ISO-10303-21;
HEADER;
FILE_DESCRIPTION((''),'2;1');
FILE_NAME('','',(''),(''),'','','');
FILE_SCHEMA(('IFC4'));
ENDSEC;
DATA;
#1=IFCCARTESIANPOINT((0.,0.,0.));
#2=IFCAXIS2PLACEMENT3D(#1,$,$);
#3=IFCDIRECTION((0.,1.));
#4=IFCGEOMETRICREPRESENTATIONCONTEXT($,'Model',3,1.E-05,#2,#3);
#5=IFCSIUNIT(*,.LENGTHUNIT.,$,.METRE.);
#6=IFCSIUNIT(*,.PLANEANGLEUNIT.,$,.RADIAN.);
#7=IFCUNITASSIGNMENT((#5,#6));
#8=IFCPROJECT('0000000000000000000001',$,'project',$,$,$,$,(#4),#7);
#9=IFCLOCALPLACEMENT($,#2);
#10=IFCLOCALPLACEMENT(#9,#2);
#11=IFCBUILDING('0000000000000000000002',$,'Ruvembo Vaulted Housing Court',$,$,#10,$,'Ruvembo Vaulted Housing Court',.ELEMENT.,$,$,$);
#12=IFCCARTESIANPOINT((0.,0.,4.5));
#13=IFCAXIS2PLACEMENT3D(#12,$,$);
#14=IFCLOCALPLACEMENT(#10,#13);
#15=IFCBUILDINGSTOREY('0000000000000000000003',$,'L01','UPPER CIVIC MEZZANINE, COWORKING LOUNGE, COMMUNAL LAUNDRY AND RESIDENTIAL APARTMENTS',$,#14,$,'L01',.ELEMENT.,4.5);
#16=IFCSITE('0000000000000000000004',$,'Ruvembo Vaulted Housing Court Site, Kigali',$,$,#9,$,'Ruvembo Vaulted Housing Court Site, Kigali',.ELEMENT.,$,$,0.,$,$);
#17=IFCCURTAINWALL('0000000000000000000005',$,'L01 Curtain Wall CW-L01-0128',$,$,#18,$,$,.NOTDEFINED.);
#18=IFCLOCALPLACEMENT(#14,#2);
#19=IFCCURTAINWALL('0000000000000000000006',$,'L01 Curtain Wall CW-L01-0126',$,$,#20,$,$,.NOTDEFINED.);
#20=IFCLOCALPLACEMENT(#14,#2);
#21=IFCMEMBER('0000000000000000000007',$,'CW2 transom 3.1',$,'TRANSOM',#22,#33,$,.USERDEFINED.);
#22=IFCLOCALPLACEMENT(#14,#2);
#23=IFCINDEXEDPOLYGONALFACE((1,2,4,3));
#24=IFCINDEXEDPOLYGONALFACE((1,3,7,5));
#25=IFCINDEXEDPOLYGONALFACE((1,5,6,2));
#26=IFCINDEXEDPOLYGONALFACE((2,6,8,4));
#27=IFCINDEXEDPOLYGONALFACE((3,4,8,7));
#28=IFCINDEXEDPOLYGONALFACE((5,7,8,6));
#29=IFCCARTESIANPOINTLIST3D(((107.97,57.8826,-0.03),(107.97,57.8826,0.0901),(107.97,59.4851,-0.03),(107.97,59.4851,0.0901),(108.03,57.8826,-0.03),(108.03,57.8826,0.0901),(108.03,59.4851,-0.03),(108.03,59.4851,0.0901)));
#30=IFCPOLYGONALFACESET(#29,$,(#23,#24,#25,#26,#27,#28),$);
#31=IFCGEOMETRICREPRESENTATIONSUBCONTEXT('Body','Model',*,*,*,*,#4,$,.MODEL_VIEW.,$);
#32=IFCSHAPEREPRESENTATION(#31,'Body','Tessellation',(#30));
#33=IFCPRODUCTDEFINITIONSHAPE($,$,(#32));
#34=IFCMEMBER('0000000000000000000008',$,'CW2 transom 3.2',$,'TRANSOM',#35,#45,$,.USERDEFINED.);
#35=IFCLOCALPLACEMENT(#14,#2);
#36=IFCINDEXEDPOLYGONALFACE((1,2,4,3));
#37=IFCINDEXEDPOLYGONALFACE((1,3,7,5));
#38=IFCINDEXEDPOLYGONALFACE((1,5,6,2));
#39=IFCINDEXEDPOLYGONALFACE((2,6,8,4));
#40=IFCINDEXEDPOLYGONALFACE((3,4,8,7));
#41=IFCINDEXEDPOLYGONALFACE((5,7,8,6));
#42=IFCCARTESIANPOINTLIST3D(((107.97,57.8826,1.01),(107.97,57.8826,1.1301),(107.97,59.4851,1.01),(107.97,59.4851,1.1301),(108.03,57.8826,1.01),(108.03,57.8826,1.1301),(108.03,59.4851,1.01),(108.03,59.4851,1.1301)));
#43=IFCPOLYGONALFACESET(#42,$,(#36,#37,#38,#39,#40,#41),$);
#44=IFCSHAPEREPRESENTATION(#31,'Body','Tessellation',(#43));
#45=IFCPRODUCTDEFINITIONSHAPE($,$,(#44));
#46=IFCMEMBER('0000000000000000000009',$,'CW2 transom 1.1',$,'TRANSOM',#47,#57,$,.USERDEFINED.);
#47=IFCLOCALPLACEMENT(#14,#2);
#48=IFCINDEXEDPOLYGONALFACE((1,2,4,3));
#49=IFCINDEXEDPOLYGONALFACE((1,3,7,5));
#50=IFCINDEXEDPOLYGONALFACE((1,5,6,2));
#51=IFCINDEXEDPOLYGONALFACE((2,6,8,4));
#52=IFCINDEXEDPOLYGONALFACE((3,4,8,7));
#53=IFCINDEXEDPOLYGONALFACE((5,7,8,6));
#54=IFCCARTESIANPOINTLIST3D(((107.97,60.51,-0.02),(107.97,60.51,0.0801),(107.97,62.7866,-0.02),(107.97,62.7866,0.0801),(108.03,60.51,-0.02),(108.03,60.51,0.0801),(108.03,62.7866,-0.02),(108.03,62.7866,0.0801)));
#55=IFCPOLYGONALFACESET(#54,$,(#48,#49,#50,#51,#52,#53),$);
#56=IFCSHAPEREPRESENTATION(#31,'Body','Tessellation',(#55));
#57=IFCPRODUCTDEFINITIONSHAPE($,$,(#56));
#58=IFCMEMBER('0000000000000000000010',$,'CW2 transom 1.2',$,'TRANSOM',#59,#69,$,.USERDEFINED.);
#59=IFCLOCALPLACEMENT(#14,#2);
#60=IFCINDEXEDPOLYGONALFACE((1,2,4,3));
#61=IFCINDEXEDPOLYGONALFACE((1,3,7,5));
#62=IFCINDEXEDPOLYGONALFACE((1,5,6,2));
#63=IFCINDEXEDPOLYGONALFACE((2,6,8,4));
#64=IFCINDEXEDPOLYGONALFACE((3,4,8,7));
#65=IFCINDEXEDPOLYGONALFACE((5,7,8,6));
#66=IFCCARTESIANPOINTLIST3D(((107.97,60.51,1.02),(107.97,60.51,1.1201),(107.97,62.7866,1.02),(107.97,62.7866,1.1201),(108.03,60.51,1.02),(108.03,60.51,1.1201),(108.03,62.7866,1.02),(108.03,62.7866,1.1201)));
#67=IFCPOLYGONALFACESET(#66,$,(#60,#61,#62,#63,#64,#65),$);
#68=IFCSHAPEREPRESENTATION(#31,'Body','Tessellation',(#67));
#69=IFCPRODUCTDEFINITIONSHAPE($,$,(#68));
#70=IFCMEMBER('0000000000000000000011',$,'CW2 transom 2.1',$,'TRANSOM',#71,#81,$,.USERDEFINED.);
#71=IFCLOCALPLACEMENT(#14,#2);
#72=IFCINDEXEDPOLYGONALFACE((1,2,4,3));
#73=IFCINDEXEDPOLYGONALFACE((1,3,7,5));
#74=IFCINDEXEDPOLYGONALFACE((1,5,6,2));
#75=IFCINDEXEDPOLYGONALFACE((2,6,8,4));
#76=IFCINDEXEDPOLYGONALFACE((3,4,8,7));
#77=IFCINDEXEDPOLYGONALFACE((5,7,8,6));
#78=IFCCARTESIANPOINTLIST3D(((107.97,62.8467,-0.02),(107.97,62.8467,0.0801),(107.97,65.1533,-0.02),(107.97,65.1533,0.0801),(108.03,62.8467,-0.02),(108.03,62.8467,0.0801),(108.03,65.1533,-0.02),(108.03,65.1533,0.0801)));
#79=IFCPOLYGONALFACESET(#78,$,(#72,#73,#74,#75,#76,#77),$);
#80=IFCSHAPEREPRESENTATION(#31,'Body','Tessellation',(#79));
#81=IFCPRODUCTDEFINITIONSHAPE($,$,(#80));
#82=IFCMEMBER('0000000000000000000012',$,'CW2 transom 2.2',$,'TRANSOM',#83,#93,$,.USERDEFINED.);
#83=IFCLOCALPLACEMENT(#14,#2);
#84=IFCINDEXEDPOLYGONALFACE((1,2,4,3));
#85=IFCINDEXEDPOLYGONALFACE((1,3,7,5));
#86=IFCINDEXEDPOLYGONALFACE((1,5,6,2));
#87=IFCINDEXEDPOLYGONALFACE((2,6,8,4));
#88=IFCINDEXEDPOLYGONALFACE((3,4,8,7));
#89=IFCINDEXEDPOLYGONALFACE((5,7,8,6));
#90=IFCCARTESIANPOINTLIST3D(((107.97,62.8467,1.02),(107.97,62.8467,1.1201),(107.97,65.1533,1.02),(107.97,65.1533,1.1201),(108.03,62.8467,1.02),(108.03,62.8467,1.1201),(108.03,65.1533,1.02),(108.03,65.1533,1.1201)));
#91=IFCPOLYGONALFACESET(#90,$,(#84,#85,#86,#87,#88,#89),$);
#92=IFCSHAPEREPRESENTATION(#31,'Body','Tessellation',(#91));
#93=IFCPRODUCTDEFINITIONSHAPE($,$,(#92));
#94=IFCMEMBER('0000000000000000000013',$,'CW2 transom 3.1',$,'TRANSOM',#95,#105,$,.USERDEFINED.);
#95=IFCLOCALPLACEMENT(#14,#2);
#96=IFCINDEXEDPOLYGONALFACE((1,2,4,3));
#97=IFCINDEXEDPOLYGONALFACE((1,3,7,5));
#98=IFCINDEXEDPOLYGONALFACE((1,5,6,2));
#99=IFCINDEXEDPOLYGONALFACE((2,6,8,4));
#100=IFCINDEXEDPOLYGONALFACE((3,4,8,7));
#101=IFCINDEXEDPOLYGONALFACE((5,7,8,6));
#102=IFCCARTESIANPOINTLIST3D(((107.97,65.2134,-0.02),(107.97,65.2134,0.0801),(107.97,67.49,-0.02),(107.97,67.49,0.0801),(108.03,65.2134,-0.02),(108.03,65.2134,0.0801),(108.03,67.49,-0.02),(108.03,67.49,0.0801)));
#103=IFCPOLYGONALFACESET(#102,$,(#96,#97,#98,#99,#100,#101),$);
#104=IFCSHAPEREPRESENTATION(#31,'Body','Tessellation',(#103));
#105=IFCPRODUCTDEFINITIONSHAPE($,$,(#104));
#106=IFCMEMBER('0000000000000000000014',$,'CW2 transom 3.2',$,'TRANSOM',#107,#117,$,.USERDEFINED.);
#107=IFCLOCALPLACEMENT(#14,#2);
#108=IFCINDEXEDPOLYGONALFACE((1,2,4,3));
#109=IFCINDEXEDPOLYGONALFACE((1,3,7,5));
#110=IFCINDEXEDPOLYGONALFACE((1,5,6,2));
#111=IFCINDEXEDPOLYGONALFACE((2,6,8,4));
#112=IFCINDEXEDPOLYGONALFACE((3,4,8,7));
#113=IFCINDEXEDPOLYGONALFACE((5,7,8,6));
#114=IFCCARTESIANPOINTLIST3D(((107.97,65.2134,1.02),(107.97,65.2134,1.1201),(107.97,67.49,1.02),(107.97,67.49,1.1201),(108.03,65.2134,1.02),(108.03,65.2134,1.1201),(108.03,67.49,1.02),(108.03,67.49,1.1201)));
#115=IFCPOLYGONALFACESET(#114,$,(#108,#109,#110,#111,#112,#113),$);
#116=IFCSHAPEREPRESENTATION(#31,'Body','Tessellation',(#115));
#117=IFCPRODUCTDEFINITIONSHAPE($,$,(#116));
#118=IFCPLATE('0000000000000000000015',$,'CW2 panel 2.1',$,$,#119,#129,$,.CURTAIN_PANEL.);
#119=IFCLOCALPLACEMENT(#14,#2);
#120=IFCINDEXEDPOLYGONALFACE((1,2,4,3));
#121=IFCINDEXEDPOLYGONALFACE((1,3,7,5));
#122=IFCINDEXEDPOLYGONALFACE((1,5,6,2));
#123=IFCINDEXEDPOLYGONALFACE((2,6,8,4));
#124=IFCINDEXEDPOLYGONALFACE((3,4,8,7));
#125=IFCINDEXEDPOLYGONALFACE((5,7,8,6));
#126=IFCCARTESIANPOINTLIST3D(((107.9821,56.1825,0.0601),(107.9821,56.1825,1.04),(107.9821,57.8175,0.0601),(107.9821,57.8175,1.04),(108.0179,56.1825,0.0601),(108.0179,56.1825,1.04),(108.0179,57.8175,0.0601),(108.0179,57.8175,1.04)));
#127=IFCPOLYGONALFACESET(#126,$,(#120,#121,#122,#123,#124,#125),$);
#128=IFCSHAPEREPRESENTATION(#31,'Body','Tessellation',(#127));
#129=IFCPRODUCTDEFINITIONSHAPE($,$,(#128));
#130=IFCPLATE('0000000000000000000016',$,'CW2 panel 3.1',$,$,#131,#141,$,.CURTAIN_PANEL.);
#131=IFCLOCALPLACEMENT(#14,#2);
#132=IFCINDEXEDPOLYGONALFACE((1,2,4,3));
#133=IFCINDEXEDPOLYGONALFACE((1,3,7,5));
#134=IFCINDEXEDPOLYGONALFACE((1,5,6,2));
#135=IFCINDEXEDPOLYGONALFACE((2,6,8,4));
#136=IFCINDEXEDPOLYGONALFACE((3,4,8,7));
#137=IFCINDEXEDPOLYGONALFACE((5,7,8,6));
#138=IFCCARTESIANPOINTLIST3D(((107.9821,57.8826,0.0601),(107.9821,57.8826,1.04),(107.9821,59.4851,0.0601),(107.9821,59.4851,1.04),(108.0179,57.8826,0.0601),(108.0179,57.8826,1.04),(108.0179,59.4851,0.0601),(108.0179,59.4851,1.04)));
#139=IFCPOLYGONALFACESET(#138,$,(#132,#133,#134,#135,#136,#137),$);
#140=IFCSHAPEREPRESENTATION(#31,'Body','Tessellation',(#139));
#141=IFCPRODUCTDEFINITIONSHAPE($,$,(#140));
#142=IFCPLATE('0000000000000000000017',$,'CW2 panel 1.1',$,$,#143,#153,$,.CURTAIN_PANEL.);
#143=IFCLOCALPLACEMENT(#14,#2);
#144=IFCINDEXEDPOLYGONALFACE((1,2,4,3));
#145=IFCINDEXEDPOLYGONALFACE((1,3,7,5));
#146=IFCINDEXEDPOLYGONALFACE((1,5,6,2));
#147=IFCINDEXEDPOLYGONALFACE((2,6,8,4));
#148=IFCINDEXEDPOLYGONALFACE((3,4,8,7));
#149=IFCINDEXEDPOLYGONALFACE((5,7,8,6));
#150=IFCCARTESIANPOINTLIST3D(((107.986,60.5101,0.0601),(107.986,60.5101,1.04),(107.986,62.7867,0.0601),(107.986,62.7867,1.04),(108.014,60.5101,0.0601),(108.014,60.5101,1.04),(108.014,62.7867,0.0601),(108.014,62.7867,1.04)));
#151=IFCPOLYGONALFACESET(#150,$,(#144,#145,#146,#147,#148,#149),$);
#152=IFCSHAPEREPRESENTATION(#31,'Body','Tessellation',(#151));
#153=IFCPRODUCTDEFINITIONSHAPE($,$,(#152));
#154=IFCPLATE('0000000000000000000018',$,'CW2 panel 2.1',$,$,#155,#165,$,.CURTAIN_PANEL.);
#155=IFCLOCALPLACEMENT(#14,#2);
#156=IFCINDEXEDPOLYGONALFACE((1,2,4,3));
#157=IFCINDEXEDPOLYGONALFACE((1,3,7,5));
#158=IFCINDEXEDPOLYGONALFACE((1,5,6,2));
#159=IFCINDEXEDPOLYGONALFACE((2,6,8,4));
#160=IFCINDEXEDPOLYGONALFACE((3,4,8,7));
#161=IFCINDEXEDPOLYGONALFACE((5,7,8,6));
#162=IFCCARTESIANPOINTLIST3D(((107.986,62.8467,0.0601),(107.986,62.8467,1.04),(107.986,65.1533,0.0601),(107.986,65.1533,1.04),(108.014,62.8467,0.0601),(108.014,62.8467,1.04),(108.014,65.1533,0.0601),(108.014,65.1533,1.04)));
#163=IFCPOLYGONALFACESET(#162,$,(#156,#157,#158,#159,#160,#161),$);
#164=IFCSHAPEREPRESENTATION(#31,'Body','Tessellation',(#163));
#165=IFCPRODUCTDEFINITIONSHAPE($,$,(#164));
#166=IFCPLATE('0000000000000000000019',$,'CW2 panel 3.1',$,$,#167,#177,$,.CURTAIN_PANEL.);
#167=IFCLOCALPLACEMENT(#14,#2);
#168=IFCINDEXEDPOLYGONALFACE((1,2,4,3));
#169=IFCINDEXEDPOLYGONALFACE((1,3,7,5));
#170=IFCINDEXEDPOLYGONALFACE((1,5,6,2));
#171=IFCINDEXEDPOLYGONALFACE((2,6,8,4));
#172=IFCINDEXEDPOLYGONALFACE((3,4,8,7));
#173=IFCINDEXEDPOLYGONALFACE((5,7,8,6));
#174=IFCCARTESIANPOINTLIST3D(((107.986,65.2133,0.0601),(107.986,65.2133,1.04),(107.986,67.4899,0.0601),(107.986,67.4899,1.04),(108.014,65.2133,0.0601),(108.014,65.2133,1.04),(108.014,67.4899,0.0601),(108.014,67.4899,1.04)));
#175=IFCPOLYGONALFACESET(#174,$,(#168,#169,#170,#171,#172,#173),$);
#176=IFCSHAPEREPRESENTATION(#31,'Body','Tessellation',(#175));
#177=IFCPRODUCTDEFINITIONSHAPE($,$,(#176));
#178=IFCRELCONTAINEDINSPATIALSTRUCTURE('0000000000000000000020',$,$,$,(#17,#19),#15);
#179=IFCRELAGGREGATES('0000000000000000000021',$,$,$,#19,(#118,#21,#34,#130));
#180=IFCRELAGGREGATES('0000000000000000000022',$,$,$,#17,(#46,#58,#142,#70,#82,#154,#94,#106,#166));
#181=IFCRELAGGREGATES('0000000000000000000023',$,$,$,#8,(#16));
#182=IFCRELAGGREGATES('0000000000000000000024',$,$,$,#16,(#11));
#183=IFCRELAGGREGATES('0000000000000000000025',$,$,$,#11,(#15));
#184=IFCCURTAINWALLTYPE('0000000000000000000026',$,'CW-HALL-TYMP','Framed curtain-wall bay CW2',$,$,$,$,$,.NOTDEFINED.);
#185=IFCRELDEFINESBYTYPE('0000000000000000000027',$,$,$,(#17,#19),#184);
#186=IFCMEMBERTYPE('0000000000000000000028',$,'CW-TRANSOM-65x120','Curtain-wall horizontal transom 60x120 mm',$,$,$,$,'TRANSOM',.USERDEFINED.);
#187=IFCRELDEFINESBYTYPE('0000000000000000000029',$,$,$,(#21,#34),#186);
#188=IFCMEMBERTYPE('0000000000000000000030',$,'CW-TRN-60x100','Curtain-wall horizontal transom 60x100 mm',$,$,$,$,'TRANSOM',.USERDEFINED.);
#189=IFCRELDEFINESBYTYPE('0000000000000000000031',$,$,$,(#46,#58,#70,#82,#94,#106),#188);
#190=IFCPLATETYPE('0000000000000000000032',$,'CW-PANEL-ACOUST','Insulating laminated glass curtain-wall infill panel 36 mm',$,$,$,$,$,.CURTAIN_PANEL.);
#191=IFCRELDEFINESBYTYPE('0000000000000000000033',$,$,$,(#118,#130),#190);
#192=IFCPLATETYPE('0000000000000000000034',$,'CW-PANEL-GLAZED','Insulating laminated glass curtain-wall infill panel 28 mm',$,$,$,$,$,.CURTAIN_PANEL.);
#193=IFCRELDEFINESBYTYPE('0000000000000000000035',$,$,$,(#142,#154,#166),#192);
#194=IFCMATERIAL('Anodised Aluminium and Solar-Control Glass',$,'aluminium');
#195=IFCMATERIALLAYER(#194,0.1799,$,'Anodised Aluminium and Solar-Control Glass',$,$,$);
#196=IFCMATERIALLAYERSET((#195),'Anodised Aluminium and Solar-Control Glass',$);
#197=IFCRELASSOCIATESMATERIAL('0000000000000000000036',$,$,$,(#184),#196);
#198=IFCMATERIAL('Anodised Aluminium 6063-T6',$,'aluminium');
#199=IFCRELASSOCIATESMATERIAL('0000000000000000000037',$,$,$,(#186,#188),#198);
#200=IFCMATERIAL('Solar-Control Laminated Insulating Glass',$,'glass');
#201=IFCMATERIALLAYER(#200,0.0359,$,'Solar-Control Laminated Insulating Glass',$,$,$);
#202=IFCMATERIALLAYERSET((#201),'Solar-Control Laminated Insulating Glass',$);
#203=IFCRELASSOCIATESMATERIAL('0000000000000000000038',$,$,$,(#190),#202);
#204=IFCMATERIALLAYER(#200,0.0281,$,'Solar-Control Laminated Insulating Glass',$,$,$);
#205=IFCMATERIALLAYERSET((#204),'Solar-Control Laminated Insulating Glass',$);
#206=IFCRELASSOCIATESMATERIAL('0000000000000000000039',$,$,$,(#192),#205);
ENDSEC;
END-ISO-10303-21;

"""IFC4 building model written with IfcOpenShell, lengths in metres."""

from ifc_helpers import new_model, si_unit, direction, frame, origin, origin_2d, place, context, subcontext, project, spatial, rectangle, extrude, material, layer, layer_set, material_profile, profile_set, type_object, element, aggregate, save


model = new_model("IFC4")

# Units and contexts
model_context = context("Model", 3, precision=1e-05, world=origin(), true_north=direction((0.0, 1.0)))
body_context = subcontext(model_context, "Body", "Model", "MODEL_VIEW")
ifc_project = project(units=[si_unit("LENGTHUNIT", "METRE"), si_unit("PLANEANGLEUNIT", "RADIAN")], contexts=[model_context])

# Site, building, storey
site_placement = place(None, origin())
site = spatial("IfcSite", under=ifc_project, at=site_placement, Name="Ruvembo Vaulted Housing Court Site, Kigali", LongName="Ruvembo Vaulted Housing Court Site, Kigali", CompositionType="ELEMENT", RefElevation=0.0)
building_placement = place(site_placement, origin())
building = spatial("IfcBuilding", under=site, at=building_placement, Name="Ruvembo Vaulted Housing Court", LongName="Ruvembo Vaulted Housing Court", CompositionType="ELEMENT")
storey_placement = place(building_placement, frame((0.0, 0.0, 4.5)))
storey = spatial("IfcBuildingStorey", under=building, at=storey_placement, Name="L01", Description="UPPER CIVIC MEZZANINE, COWORKING LOUNGE, COMMUNAL LAUNDRY AND RESIDENTIAL APARTMENTS", LongName="L01", CompositionType="ELEMENT", Elevation=4.5)

# Curtain walls, members
ifc_material_1 = material(Name="Anodised Aluminium and Solar-Control Glass", Category="aluminium")
ifc_layer_1 = layer(ifc_material_1, 0.1799, Name="Anodised Aluminium and Solar-Control Glass")
ifc_layer_set_1 = layer_set([ifc_layer_1], Name="Anodised Aluminium and Solar-Control Glass")
curtain_wall_type = type_object("IfcCurtainWallType", Name="CW-HALL-TYMP", Description="Framed curtain-wall bay CW2", PredefinedType="NOTDEFINED", material=ifc_layer_set_1)
curtain_wall_1_placement = place(storey_placement, origin())
curtain_wall_1 = element("IfcCurtainWall", 1, at=curtain_wall_1_placement, inside=storey, type_object=curtain_wall_type, Name="L01 Curtain Wall CW-L01-0128", PredefinedType="NOTDEFINED")
ifc_material_2 = material(Name="Anodised Aluminium 6063-T6", Category="aluminium")
curtain_wall_2_placement = place(storey_placement, origin())
curtain_wall_2 = element("IfcCurtainWall", 2, at=curtain_wall_2_placement, inside=storey, type_object=curtain_wall_type, Name="L01 Curtain Wall CW-L01-0126", PredefinedType="NOTDEFINED")
ifc_material_profile_1 = material_profile(ifc_material_2, rectangle(XDim=0.0601, YDim=0.1201, at=origin_2d()), Name="ALU 60x120")
ifc_profile_set_1 = profile_set([ifc_material_profile_1], Name="Anodised Aluminium 6063-T6")
member_type_1 = type_object("IfcMemberType", Name="CW-TRANSOM-65x120", Description="Curtain-wall horizontal transom 60x120 mm", ElementType="TRANSOM", PredefinedType="USERDEFINED", material=ifc_profile_set_1)
member_1_placement = place(storey_placement, frame((108.0, 57.8826, 0.03), z_axis=(0.0, 1.0, 0.0), x_axis=(-1.0, 0.0, 0.0)))
member_1 = element("IfcMember", 3, at=member_1_placement, type_object=member_type_1, Name="CW2 transom 3.1", ObjectType="TRANSOM", PredefinedType="USERDEFINED", context=body_context, shape_type="SweptSolid", body=[
    extrude(rectangle(XDim=0.0601, YDim=0.1201, at=origin_2d()), origin(), (0.0, 0.0, 1.0), 1.6025),
])
member_2_placement = place(storey_placement, frame((108.0, 57.8826, 1.0701), z_axis=(0.0, 1.0, 0.0), x_axis=(-1.0, 0.0, 0.0)))
member_2 = element("IfcMember", 4, at=member_2_placement, type_object=member_type_1, Name="CW2 transom 3.2", ObjectType="TRANSOM", PredefinedType="USERDEFINED", context=body_context, shape_type="SweptSolid", body=[
    extrude(rectangle(XDim=0.0601, YDim=0.1201, at=origin_2d()), origin(), (0.0, 0.0, 1.0), 1.6025),
])

# Members
ifc_material_profile_2 = material_profile(ifc_material_2, rectangle(XDim=0.0601, YDim=0.1001, at=origin_2d()), Name="ALU 60x100")
ifc_profile_set_2 = profile_set([ifc_material_profile_2], Name="Anodised Aluminium 6063-T6")
member_type_2 = type_object("IfcMemberType", Name="CW-TRN-60x100", Description="Curtain-wall horizontal transom 60x100 mm", ElementType="TRANSOM", PredefinedType="USERDEFINED", material=ifc_profile_set_2)
member_3_placement = place(storey_placement, frame((108.0, 60.51, 0.03), z_axis=(0.0, 1.0, 0.0), x_axis=(-1.0, 0.0, 0.0)))
member_3 = element("IfcMember", 5, at=member_3_placement, type_object=member_type_2, Name="CW2 transom 1.1", ObjectType="TRANSOM", PredefinedType="USERDEFINED", context=body_context, shape_type="SweptSolid", body=[
    extrude(rectangle(XDim=0.0601, YDim=0.1001, at=origin_2d()), origin(), (0.0, 0.0, 1.0), 2.2766),
])
member_4_placement = place(storey_placement, frame((108.0, 60.51, 1.0701), z_axis=(0.0, 1.0, 0.0), x_axis=(-1.0, 0.0, 0.0)))
member_4 = element("IfcMember", 6, at=member_4_placement, type_object=member_type_2, Name="CW2 transom 1.2", ObjectType="TRANSOM", PredefinedType="USERDEFINED", context=body_context, shape_type="SweptSolid", body=[
    extrude(rectangle(XDim=0.0601, YDim=0.1001, at=origin_2d()), origin(), (0.0, 0.0, 1.0), 2.2766),
])
member_5_placement = place(storey_placement, frame((108.0, 62.8467, 0.03), z_axis=(0.0, 1.0, 0.0), x_axis=(-1.0, 0.0, 0.0)))
member_5 = element("IfcMember", 7, at=member_5_placement, type_object=member_type_2, Name="CW2 transom 2.1", ObjectType="TRANSOM", PredefinedType="USERDEFINED", context=body_context, shape_type="SweptSolid", body=[
    extrude(rectangle(XDim=0.0601, YDim=0.1001, at=origin_2d()), origin(), (0.0, 0.0, 1.0), 2.3066),
])
member_6_placement = place(storey_placement, frame((108.0, 62.8467, 1.0701), z_axis=(0.0, 1.0, 0.0), x_axis=(-1.0, 0.0, 0.0)))
member_6 = element("IfcMember", 8, at=member_6_placement, type_object=member_type_2, Name="CW2 transom 2.2", ObjectType="TRANSOM", PredefinedType="USERDEFINED", context=body_context, shape_type="SweptSolid", body=[
    extrude(rectangle(XDim=0.0601, YDim=0.1001, at=origin_2d()), origin(), (0.0, 0.0, 1.0), 2.3066),
])
member_7_placement = place(storey_placement, frame((108.0, 65.2134, 0.03), z_axis=(0.0, 1.0, 0.0), x_axis=(-1.0, 0.0, 0.0)))
member_7 = element("IfcMember", 9, at=member_7_placement, type_object=member_type_2, Name="CW2 transom 3.1", ObjectType="TRANSOM", PredefinedType="USERDEFINED", context=body_context, shape_type="SweptSolid", body=[
    extrude(rectangle(XDim=0.0601, YDim=0.1001, at=origin_2d()), origin(), (0.0, 0.0, 1.0), 2.2766),
])
member_8_placement = place(storey_placement, frame((108.0, 65.2134, 1.0701), z_axis=(0.0, 1.0, 0.0), x_axis=(-1.0, 0.0, 0.0)))
member_8 = element("IfcMember", 10, at=member_8_placement, type_object=member_type_2, Name="CW2 transom 3.2", ObjectType="TRANSOM", PredefinedType="USERDEFINED", context=body_context, shape_type="SweptSolid", body=[
    extrude(rectangle(XDim=0.0601, YDim=0.1001, at=origin_2d()), origin(), (0.0, 0.0, 1.0), 2.2766),
])

# Plates
ifc_material_3 = material(Name="Solar-Control Laminated Insulating Glass", Category="glass")
ifc_layer_2 = layer(ifc_material_3, 0.0359, Name="Solar-Control Laminated Insulating Glass")
ifc_layer_set_2 = layer_set([ifc_layer_2], Name="Solar-Control Laminated Insulating Glass")
plate_type_1 = type_object("IfcPlateType", Name="CW-PANEL-ACOUST", Description="Insulating laminated glass curtain-wall infill panel 36 mm", PredefinedType="CURTAIN_PANEL", material=ifc_layer_set_2)
plate_1_placement = place(storey_placement, frame((108.0, 57.0, 0.0601), z_axis=(0.0, 0.0, 1.0), x_axis=(0.0, 1.0, 0.0)))
plate_1 = element("IfcPlate", 11, at=plate_1_placement, type_object=plate_type_1, Name="CW2 panel 2.1", PredefinedType="CURTAIN_PANEL", context=body_context, shape_type="SweptSolid", body=[
    extrude(rectangle(XDim=1.635, YDim=0.0359, at=origin_2d()), origin(), (0.0, 0.0, 1.0), 0.98),
])
plate_2_placement = place(storey_placement, frame((108.0, 58.6838, 0.0601), z_axis=(0.0, 0.0, 1.0), x_axis=(0.0, 1.0, 0.0)))
plate_2 = element("IfcPlate", 12, at=plate_2_placement, type_object=plate_type_1, Name="CW2 panel 3.1", PredefinedType="CURTAIN_PANEL", context=body_context, shape_type="SweptSolid", body=[
    extrude(rectangle(XDim=1.6025, YDim=0.0359, at=origin_2d()), origin(), (0.0, 0.0, 1.0), 0.98),
])
aggregate(curtain_wall_2, [plate_1, member_1, member_2, plate_2])
ifc_layer_3 = layer(ifc_material_3, 0.0281, Name="Solar-Control Laminated Insulating Glass")
ifc_layer_set_3 = layer_set([ifc_layer_3], Name="Solar-Control Laminated Insulating Glass")
plate_type_2 = type_object("IfcPlateType", Name="CW-PANEL-GLAZED", Description="Insulating laminated glass curtain-wall infill panel 28 mm", PredefinedType="CURTAIN_PANEL", material=ifc_layer_set_3)
plate_3_placement = place(storey_placement, frame((108.0, 61.6484, 0.0601), z_axis=(0.0, 0.0, 1.0), x_axis=(0.0, 1.0, 0.0)))
plate_3 = element("IfcPlate", 13, at=plate_3_placement, type_object=plate_type_2, Name="CW2 panel 1.1", PredefinedType="CURTAIN_PANEL", context=body_context, shape_type="SweptSolid", body=[
    extrude(rectangle(XDim=2.2766, YDim=0.0281, at=origin_2d()), origin(), (0.0, 0.0, 1.0), 0.98),
])
plate_4_placement = place(storey_placement, frame((108.0, 64.0, 0.0601), z_axis=(0.0, 0.0, 1.0), x_axis=(0.0, 1.0, 0.0)))
plate_4 = element("IfcPlate", 14, at=plate_4_placement, type_object=plate_type_2, Name="CW2 panel 2.1", PredefinedType="CURTAIN_PANEL", context=body_context, shape_type="SweptSolid", body=[
    extrude(rectangle(XDim=2.3066, YDim=0.0281, at=origin_2d()), origin(), (0.0, 0.0, 1.0), 0.98),
])
plate_5_placement = place(storey_placement, frame((108.0, 66.3516, 0.0601), z_axis=(0.0, 0.0, 1.0), x_axis=(0.0, 1.0, 0.0)))
plate_5 = element("IfcPlate", 15, at=plate_5_placement, type_object=plate_type_2, Name="CW2 panel 3.1", PredefinedType="CURTAIN_PANEL", context=body_context, shape_type="SweptSolid", body=[
    extrude(rectangle(XDim=2.2766, YDim=0.0281, at=origin_2d()), origin(), (0.0, 0.0, 1.0), 0.98),
])
aggregate(curtain_wall_1, [member_3, member_4, plate_3, member_5, member_6, plate_4, member_7, member_8, plate_5])

save(model, "model.ifc")
